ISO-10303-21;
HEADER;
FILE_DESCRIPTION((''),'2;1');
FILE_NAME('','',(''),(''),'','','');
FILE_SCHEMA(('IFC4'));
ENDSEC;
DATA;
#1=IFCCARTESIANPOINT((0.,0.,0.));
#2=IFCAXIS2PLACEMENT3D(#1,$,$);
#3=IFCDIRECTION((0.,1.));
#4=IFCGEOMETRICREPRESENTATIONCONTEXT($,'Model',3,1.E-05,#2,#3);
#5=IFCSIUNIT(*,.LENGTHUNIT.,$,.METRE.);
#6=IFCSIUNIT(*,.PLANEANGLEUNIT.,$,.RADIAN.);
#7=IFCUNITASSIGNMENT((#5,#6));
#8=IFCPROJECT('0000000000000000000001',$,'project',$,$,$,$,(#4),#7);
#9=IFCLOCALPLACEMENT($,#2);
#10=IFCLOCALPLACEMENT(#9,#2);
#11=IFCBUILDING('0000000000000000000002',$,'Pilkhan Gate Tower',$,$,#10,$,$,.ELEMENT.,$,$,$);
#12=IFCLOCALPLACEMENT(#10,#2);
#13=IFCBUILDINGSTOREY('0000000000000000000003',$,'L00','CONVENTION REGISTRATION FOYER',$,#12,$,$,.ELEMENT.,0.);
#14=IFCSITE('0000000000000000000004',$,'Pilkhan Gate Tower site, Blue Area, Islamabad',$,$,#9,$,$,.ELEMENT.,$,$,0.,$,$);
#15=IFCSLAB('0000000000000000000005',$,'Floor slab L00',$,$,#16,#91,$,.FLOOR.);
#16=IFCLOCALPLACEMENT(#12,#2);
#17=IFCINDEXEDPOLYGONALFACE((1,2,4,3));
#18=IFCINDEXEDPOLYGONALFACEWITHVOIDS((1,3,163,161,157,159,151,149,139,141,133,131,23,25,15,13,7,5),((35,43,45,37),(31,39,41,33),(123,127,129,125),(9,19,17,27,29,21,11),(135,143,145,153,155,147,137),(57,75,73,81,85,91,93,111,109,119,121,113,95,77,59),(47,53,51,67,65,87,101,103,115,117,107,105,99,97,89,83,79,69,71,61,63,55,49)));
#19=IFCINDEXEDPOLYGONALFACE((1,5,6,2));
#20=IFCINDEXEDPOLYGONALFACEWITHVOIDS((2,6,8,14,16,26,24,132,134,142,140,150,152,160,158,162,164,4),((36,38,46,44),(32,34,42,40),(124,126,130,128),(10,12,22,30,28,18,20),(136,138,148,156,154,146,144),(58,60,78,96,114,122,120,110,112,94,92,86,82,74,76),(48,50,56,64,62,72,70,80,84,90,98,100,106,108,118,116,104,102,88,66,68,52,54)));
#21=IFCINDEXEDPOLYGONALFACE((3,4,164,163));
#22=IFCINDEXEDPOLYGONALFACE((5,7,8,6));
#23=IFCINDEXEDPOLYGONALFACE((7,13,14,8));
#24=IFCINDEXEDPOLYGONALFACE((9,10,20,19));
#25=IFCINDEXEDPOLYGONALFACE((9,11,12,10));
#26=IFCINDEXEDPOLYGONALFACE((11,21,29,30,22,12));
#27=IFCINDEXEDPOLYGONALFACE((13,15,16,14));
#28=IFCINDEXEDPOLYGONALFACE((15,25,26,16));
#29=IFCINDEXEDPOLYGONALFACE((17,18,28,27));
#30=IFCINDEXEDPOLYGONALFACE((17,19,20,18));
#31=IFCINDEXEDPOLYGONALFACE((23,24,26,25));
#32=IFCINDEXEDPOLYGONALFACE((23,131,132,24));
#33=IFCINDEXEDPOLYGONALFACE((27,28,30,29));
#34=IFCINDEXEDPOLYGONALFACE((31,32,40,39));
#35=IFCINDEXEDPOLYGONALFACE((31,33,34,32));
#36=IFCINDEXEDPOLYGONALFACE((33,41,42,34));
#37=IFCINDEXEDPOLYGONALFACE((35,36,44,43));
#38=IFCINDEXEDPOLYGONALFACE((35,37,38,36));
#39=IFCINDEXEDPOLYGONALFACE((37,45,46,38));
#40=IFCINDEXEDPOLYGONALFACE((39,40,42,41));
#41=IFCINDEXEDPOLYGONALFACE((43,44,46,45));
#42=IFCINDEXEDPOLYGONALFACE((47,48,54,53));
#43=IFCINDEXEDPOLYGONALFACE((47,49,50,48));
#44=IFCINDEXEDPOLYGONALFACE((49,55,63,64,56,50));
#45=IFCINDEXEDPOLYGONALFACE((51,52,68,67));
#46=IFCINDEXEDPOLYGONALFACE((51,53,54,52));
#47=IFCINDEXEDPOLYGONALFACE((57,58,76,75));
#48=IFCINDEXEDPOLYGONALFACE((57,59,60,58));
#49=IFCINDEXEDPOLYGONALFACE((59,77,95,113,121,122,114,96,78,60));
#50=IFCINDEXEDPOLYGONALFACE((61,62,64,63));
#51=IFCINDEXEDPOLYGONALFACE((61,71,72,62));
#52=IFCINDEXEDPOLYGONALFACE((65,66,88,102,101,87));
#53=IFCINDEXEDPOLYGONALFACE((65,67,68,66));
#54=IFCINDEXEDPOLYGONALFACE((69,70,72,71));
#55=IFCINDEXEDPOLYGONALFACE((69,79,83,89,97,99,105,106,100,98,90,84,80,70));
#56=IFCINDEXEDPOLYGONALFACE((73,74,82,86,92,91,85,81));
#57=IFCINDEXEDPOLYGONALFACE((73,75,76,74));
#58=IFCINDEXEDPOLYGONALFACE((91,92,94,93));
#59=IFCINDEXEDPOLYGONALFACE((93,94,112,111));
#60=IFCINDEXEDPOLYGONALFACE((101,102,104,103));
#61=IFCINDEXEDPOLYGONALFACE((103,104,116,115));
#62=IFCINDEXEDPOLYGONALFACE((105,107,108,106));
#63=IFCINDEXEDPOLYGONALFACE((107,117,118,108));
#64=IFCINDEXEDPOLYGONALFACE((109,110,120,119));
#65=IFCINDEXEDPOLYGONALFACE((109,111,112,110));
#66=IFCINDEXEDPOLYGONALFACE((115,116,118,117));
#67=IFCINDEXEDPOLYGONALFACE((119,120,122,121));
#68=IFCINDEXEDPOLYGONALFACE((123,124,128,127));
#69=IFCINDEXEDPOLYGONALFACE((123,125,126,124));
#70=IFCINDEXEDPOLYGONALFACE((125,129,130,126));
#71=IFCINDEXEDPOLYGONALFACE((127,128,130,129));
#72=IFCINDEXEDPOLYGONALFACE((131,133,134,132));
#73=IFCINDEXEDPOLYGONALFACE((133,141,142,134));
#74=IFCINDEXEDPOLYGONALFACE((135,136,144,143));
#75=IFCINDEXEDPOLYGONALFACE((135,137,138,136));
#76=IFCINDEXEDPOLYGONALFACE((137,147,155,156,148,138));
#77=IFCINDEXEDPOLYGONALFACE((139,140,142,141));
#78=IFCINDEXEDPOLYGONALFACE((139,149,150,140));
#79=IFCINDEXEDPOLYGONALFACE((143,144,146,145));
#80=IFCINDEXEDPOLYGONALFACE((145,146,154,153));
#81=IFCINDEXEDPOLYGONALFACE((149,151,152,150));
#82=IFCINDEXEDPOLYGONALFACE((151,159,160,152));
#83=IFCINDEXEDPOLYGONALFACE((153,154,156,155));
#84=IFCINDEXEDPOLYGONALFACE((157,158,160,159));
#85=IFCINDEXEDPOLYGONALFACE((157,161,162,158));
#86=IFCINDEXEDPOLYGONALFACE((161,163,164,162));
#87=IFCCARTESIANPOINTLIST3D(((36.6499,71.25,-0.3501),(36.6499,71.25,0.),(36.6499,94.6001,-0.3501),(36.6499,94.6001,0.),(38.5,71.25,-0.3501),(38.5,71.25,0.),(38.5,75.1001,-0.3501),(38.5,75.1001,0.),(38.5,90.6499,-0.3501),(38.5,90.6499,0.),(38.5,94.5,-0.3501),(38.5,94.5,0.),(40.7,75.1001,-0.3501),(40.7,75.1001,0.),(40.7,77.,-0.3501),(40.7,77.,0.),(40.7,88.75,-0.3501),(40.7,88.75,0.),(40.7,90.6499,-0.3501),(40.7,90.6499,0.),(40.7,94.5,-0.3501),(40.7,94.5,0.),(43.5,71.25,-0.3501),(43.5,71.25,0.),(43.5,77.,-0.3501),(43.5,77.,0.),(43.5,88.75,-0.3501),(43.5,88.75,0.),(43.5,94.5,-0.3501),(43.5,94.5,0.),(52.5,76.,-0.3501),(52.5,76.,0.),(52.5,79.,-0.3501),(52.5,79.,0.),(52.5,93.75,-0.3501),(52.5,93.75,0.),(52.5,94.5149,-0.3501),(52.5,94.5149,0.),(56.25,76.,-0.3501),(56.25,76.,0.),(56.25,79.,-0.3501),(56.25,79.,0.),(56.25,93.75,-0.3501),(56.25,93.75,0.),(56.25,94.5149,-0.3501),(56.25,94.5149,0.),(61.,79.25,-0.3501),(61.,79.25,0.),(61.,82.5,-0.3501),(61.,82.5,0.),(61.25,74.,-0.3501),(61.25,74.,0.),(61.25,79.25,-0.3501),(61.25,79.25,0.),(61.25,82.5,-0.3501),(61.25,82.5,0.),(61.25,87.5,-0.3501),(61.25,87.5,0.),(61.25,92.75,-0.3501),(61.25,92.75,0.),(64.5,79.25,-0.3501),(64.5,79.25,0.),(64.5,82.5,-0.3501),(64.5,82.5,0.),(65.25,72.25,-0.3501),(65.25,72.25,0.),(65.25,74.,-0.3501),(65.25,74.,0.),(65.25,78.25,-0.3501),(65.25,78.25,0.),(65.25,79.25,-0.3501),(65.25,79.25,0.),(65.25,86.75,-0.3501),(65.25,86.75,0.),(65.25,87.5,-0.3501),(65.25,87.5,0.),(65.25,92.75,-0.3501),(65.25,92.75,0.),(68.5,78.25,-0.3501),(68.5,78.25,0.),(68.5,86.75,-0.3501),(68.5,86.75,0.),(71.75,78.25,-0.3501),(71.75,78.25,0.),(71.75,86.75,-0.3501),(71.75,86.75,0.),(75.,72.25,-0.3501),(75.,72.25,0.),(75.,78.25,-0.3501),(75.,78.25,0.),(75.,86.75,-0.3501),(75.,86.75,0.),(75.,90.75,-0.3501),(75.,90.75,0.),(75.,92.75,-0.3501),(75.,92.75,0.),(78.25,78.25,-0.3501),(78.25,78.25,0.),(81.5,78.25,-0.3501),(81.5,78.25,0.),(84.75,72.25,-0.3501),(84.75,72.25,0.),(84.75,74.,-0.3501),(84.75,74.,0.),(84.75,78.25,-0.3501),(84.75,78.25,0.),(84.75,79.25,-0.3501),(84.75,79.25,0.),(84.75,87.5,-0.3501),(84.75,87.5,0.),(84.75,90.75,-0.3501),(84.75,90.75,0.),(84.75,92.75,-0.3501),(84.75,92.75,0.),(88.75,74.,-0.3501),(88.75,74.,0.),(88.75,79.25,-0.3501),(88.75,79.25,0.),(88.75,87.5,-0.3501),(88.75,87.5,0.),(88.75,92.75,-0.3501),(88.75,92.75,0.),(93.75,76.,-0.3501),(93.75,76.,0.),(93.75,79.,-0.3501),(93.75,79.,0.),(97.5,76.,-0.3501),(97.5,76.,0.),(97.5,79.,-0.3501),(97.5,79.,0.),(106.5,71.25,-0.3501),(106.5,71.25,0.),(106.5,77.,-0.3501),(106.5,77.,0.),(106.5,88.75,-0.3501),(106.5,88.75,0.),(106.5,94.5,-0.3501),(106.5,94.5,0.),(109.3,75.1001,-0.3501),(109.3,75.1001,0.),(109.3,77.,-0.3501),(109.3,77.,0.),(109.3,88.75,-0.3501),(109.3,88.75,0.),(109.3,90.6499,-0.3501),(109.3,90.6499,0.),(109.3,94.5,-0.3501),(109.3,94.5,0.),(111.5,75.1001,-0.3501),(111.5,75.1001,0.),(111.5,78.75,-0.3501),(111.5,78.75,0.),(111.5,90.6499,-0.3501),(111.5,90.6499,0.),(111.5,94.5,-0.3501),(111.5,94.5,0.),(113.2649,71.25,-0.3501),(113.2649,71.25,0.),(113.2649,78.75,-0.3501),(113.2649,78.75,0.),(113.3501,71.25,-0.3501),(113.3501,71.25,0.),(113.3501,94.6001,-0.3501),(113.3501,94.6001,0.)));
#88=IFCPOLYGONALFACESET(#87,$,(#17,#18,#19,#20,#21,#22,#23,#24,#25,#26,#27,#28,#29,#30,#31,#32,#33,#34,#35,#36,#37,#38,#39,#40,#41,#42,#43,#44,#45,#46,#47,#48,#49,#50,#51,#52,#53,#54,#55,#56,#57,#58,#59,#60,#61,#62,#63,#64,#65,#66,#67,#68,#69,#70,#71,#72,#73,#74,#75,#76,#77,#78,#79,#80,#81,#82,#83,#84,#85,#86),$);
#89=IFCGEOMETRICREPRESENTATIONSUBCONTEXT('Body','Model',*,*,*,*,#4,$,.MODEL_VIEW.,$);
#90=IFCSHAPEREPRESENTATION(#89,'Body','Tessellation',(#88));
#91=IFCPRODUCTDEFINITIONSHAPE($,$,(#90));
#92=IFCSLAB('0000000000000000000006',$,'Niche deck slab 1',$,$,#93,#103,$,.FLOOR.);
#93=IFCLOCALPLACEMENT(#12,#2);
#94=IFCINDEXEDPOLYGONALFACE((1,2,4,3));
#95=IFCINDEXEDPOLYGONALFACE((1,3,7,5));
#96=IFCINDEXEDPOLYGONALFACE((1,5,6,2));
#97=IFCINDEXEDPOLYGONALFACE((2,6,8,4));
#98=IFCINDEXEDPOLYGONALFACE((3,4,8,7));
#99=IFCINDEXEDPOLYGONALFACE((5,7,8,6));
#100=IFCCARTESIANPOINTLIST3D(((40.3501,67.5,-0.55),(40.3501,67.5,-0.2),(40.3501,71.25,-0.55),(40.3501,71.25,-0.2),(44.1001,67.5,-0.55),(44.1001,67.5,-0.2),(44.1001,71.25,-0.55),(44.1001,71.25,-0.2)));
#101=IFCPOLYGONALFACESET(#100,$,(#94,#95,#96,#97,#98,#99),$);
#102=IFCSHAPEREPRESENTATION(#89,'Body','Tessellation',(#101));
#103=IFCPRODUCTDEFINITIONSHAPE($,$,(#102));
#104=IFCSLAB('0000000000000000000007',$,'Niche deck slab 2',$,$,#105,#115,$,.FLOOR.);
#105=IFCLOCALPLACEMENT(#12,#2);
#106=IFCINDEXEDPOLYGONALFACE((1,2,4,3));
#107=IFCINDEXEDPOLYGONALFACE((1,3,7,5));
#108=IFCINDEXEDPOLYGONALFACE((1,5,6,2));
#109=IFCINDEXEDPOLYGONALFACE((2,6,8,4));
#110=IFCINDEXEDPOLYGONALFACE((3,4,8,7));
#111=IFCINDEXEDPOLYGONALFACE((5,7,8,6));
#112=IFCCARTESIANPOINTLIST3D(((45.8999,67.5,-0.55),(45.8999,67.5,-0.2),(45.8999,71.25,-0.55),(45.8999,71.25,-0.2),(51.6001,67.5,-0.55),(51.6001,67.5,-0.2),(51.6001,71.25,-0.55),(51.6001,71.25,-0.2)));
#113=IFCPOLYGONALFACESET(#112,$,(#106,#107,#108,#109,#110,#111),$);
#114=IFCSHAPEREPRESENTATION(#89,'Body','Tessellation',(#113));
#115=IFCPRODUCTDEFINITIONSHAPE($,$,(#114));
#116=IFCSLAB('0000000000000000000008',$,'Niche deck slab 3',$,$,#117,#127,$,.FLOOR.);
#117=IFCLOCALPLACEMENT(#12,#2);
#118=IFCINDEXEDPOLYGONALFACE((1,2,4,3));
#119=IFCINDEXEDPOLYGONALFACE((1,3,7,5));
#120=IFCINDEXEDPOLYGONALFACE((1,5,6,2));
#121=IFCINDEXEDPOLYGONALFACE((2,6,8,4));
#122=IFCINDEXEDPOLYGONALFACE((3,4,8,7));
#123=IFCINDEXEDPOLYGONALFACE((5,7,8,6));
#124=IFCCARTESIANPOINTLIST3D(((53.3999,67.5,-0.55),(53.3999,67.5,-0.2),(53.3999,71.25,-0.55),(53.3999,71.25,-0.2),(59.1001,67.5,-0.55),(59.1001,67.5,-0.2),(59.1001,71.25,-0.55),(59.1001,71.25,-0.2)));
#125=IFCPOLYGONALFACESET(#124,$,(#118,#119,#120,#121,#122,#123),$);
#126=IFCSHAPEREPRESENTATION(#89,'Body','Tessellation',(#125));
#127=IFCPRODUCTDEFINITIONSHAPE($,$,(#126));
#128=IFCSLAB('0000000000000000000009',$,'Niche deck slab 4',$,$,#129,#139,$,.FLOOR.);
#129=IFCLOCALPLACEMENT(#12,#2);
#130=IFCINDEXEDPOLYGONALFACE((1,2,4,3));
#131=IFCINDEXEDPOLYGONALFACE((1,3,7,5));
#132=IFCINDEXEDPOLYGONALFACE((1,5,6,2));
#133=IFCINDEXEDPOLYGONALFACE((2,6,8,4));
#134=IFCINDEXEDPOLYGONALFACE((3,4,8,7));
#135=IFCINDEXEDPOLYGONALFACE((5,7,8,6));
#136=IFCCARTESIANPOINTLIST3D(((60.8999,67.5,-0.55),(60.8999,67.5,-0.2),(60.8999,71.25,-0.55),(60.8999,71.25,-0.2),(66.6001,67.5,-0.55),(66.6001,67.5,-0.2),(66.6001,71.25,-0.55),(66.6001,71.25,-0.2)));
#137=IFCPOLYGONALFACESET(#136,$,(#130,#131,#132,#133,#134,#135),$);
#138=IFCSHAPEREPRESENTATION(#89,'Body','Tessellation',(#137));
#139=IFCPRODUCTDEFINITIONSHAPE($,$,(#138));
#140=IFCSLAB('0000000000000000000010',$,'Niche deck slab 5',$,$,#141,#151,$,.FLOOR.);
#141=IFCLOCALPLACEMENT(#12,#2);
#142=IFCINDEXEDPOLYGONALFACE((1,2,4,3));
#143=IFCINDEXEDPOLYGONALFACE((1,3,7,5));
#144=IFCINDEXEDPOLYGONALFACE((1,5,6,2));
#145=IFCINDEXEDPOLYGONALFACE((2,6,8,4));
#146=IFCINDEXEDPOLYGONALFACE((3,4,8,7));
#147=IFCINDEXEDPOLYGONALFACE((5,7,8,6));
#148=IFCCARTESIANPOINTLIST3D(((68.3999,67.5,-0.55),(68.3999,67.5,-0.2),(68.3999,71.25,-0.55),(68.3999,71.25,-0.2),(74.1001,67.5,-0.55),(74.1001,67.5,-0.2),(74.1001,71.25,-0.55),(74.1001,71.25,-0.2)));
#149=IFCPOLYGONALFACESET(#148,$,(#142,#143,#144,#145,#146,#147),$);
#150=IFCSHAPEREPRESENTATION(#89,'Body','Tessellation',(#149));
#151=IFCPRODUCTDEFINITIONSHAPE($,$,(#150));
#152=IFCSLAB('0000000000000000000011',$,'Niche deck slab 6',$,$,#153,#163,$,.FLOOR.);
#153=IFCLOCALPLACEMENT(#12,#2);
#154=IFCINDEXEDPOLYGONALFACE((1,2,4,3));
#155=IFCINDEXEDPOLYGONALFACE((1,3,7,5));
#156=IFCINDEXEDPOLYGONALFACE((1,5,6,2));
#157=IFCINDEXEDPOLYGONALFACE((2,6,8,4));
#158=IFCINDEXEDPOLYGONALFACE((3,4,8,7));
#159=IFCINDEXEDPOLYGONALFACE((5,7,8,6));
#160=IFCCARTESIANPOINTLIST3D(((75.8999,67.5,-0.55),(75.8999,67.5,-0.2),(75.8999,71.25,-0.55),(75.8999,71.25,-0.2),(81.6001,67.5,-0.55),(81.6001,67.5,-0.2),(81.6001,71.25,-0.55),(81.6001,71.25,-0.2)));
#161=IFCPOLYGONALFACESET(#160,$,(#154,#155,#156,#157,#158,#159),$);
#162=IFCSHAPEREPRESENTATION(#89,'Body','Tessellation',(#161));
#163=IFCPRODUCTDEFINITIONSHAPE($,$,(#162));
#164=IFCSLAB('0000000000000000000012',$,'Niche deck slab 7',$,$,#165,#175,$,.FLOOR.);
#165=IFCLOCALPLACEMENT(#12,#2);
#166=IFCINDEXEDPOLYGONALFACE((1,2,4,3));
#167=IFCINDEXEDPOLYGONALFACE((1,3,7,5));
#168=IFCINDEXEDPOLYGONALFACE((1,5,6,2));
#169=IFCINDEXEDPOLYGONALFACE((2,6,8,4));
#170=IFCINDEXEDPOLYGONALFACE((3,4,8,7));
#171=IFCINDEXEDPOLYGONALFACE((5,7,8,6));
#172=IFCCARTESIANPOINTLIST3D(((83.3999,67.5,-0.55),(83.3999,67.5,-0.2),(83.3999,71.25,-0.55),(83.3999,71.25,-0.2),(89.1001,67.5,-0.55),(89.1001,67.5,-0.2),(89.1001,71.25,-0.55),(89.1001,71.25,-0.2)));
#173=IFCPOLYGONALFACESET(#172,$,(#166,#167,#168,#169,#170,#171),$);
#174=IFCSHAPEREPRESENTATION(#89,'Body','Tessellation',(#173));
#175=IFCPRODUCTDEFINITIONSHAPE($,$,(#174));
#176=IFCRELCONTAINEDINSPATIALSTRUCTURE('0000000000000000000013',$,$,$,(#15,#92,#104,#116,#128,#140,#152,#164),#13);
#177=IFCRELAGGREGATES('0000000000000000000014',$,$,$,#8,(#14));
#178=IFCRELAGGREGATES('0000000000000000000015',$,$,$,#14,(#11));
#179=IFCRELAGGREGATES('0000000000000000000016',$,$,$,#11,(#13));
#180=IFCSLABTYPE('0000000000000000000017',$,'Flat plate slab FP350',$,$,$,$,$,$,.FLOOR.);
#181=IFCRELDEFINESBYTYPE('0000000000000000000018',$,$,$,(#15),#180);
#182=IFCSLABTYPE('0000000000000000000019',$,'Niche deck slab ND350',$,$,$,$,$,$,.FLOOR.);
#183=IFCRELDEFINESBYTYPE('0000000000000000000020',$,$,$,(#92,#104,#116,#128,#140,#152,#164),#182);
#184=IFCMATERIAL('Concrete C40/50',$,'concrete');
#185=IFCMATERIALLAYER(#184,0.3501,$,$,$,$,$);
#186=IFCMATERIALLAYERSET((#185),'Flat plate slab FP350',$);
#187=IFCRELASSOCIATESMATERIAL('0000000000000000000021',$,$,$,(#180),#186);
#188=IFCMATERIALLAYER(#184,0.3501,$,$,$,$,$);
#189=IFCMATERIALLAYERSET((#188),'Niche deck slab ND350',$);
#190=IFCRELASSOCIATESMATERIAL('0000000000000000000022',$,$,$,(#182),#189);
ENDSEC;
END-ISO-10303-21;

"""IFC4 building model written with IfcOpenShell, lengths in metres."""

from ifc_helpers import new_model, si_unit, direction, frame, origin, place, context, subcontext, project, spatial, polyline, outline, extrude, material, layer, layer_set, type_object, element, save


model = new_model("IFC4")

# Units and contexts
model_context = context("Model", 3, precision=1e-05, world=origin(), true_north=direction((0.0, 1.0)))
body_context = subcontext(model_context, "Body", "Model", "MODEL_VIEW")
ifc_project = project(units=[si_unit("LENGTHUNIT", "METRE"), si_unit("PLANEANGLEUNIT", "RADIAN")], contexts=[model_context])

# Site, building, storey
site_placement = place(None, origin())
site = spatial("IfcSite", under=ifc_project, at=site_placement, Name="Pilkhan Gate Tower site, Blue Area, Islamabad", CompositionType="ELEMENT", RefElevation=0.0)
building_placement = place(site_placement, origin())
building = spatial("IfcBuilding", under=site, at=building_placement, Name="Pilkhan Gate Tower", CompositionType="ELEMENT")
storey_placement = place(building_placement, origin())
storey = spatial("IfcBuildingStorey", under=building, at=storey_placement, Name="L00", Description="CONVENTION REGISTRATION FOYER", CompositionType="ELEMENT", Elevation=0.0)

# Slabs
ifc_material_1 = material(Name="Concrete C40/50", Category="concrete")
ifc_layer_1 = layer(ifc_material_1, 0.3501)
ifc_layer_set_1 = layer_set([ifc_layer_1], Name="Flat plate slab FP350")
slab_type_1 = type_object("IfcSlabType", Name="Flat plate slab FP350", PredefinedType="FLOOR", material=ifc_layer_set_1)
slab_1_placement = place(storey_placement, frame((0.0, 0.0, -0.3501)))
element("IfcSlab", 1, at=slab_1_placement, inside=storey, type_object=slab_type_1, Name="Floor slab L00", PredefinedType="FLOOR", context=body_context, shape_type="SweptSolid", body=[
    extrude(outline(polyline([(36.6499, 94.6001), (113.3501, 94.6001), (113.3501, 71.25), (113.2649, 71.25), (113.2649, 78.75), (111.5, 78.75), (111.5, 75.1001), (109.3, 75.1001), (109.3, 77.0), (106.5, 77.0), (106.5, 71.25), (43.5, 71.25), (43.5, 77.0), (40.7, 77.0), (40.7, 75.1001), (38.5, 75.1001), (38.5, 71.25), (36.6499, 71.25), (36.6499, 94.6001)]), holes=[polyline([(109.3, 94.5), (106.5, 94.5), (106.5, 88.75), (109.3, 88.75), (109.3, 90.6499), (111.5, 90.6499), (111.5, 94.5), (109.3, 94.5)]), polyline([(97.5, 79.0), (93.75, 79.0), (93.75, 76.0), (97.5, 76.0), (97.5, 79.0)]), polyline([(71.75, 86.75), (75.0, 86.75), (75.0, 90.75), (84.75, 90.75), (84.75, 87.5), (88.75, 87.5), (88.75, 92.75), (84.75, 92.75), (75.0, 92.75), (65.25, 92.75), (61.25, 92.75), (61.25, 87.5), (65.25, 87.5), (65.25, 86.75), (68.5, 86.75), (71.75, 86.75)]), polyline([(84.75, 72.25), (84.75, 74.0), (88.75, 74.0), (88.75, 79.25), (84.75, 79.25), (84.75, 78.25), (81.5, 78.25), (78.25, 78.25), (75.0, 78.25), (71.75, 78.25), (68.5, 78.25), (65.25, 78.25), (65.25, 79.25), (64.5, 79.25), (64.5, 82.5), (61.25, 82.5), (61.0, 82.5), (61.0, 79.25), (61.25, 79.25), (61.25, 74.0), (65.25, 74.0), (65.25, 72.25), (75.0, 72.25), (84.75, 72.25)]), polyline([(56.25, 79.0), (52.5, 79.0), (52.5, 76.0), (56.25, 76.0), (56.25, 79.0)]), polyline([(38.5, 90.6499), (40.7, 90.6499), (40.7, 88.75), (43.5, 88.75), (43.5, 94.5), (40.7, 94.5), (38.5, 94.5), (38.5, 90.6499)]), polyline([(52.5, 93.75), (56.25, 93.75), (56.25, 94.5149), (52.5, 94.5149), (52.5, 93.75)])]), origin(), (0.0, 0.0, 1.0), 0.3501),
])
ifc_layer_2 = layer(ifc_material_1, 0.3501)
ifc_layer_set_2 = layer_set([ifc_layer_2], Name="Niche deck slab ND350")
slab_type_2 = type_object("IfcSlabType", Name="Niche deck slab ND350", PredefinedType="FLOOR", material=ifc_layer_set_2)
slab_2_placement = place(storey_placement, frame((0.0, 0.0, -0.55)))
element("IfcSlab", 2, at=slab_2_placement, inside=storey, type_object=slab_type_2, Name="Niche deck slab 1", PredefinedType="FLOOR", context=body_context, shape_type="SweptSolid", body=[
    extrude(outline(polyline([(40.3501, 67.5), (44.1001, 67.5), (44.1001, 71.25), (40.3501, 71.25), (40.3501, 67.5)])), origin(), (0.0, 0.0, 1.0), 0.3501),
])
slab_3_placement = place(storey_placement, frame((0.0, 0.0, -0.55)))
element("IfcSlab", 3, at=slab_3_placement, inside=storey, type_object=slab_type_2, Name="Niche deck slab 2", PredefinedType="FLOOR", context=body_context, shape_type="SweptSolid", body=[
    extrude(outline(polyline([(45.8999, 67.5), (51.6001, 67.5), (51.6001, 71.25), (45.8999, 71.25), (45.8999, 67.5)])), origin(), (0.0, 0.0, 1.0), 0.3501),
])
slab_4_placement = place(storey_placement, frame((0.0, 0.0, -0.55)))
element("IfcSlab", 4, at=slab_4_placement, inside=storey, type_object=slab_type_2, Name="Niche deck slab 3", PredefinedType="FLOOR", context=body_context, shape_type="SweptSolid", body=[
    extrude(outline(polyline([(53.3999, 67.5), (59.1001, 67.5), (59.1001, 71.25), (53.3999, 71.25), (53.3999, 67.5)])), origin(), (0.0, 0.0, 1.0), 0.3501),
])
slab_5_placement = place(storey_placement, frame((0.0, 0.0, -0.55)))
element("IfcSlab", 5, at=slab_5_placement, inside=storey, type_object=slab_type_2, Name="Niche deck slab 4", PredefinedType="FLOOR", context=body_context, shape_type="SweptSolid", body=[
    extrude(outline(polyline([(60.8999, 67.5), (66.6001, 67.5), (66.6001, 71.25), (60.8999, 71.25), (60.8999, 67.5)])), origin(), (0.0, 0.0, 1.0), 0.3501),
])
slab_6_placement = place(storey_placement, frame((0.0, 0.0, -0.55)))
element("IfcSlab", 6, at=slab_6_placement, inside=storey, type_object=slab_type_2, Name="Niche deck slab 5", PredefinedType="FLOOR", context=body_context, shape_type="SweptSolid", body=[
    extrude(outline(polyline([(68.3999, 67.5), (74.1001, 67.5), (74.1001, 71.25), (68.3999, 71.25), (68.3999, 67.5)])), origin(), (0.0, 0.0, 1.0), 0.3501),
])
slab_7_placement = place(storey_placement, frame((0.0, 0.0, -0.55)))
element("IfcSlab", 7, at=slab_7_placement, inside=storey, type_object=slab_type_2, Name="Niche deck slab 6", PredefinedType="FLOOR", context=body_context, shape_type="SweptSolid", body=[
    extrude(outline(polyline([(75.8999, 67.5), (81.6001, 67.5), (81.6001, 71.25), (75.8999, 71.25), (75.8999, 67.5)])), origin(), (0.0, 0.0, 1.0), 0.3501),
])
slab_8_placement = place(storey_placement, frame((0.0, 0.0, -0.55)))
element("IfcSlab", 8, at=slab_8_placement, inside=storey, type_object=slab_type_2, Name="Niche deck slab 7", PredefinedType="FLOOR", context=body_context, shape_type="SweptSolid", body=[
    extrude(outline(polyline([(83.3999, 67.5), (89.1001, 67.5), (89.1001, 71.25), (83.3999, 71.25), (83.3999, 67.5)])), origin(), (0.0, 0.0, 1.0), 0.3501),
])

save(model, "model.ifc")
